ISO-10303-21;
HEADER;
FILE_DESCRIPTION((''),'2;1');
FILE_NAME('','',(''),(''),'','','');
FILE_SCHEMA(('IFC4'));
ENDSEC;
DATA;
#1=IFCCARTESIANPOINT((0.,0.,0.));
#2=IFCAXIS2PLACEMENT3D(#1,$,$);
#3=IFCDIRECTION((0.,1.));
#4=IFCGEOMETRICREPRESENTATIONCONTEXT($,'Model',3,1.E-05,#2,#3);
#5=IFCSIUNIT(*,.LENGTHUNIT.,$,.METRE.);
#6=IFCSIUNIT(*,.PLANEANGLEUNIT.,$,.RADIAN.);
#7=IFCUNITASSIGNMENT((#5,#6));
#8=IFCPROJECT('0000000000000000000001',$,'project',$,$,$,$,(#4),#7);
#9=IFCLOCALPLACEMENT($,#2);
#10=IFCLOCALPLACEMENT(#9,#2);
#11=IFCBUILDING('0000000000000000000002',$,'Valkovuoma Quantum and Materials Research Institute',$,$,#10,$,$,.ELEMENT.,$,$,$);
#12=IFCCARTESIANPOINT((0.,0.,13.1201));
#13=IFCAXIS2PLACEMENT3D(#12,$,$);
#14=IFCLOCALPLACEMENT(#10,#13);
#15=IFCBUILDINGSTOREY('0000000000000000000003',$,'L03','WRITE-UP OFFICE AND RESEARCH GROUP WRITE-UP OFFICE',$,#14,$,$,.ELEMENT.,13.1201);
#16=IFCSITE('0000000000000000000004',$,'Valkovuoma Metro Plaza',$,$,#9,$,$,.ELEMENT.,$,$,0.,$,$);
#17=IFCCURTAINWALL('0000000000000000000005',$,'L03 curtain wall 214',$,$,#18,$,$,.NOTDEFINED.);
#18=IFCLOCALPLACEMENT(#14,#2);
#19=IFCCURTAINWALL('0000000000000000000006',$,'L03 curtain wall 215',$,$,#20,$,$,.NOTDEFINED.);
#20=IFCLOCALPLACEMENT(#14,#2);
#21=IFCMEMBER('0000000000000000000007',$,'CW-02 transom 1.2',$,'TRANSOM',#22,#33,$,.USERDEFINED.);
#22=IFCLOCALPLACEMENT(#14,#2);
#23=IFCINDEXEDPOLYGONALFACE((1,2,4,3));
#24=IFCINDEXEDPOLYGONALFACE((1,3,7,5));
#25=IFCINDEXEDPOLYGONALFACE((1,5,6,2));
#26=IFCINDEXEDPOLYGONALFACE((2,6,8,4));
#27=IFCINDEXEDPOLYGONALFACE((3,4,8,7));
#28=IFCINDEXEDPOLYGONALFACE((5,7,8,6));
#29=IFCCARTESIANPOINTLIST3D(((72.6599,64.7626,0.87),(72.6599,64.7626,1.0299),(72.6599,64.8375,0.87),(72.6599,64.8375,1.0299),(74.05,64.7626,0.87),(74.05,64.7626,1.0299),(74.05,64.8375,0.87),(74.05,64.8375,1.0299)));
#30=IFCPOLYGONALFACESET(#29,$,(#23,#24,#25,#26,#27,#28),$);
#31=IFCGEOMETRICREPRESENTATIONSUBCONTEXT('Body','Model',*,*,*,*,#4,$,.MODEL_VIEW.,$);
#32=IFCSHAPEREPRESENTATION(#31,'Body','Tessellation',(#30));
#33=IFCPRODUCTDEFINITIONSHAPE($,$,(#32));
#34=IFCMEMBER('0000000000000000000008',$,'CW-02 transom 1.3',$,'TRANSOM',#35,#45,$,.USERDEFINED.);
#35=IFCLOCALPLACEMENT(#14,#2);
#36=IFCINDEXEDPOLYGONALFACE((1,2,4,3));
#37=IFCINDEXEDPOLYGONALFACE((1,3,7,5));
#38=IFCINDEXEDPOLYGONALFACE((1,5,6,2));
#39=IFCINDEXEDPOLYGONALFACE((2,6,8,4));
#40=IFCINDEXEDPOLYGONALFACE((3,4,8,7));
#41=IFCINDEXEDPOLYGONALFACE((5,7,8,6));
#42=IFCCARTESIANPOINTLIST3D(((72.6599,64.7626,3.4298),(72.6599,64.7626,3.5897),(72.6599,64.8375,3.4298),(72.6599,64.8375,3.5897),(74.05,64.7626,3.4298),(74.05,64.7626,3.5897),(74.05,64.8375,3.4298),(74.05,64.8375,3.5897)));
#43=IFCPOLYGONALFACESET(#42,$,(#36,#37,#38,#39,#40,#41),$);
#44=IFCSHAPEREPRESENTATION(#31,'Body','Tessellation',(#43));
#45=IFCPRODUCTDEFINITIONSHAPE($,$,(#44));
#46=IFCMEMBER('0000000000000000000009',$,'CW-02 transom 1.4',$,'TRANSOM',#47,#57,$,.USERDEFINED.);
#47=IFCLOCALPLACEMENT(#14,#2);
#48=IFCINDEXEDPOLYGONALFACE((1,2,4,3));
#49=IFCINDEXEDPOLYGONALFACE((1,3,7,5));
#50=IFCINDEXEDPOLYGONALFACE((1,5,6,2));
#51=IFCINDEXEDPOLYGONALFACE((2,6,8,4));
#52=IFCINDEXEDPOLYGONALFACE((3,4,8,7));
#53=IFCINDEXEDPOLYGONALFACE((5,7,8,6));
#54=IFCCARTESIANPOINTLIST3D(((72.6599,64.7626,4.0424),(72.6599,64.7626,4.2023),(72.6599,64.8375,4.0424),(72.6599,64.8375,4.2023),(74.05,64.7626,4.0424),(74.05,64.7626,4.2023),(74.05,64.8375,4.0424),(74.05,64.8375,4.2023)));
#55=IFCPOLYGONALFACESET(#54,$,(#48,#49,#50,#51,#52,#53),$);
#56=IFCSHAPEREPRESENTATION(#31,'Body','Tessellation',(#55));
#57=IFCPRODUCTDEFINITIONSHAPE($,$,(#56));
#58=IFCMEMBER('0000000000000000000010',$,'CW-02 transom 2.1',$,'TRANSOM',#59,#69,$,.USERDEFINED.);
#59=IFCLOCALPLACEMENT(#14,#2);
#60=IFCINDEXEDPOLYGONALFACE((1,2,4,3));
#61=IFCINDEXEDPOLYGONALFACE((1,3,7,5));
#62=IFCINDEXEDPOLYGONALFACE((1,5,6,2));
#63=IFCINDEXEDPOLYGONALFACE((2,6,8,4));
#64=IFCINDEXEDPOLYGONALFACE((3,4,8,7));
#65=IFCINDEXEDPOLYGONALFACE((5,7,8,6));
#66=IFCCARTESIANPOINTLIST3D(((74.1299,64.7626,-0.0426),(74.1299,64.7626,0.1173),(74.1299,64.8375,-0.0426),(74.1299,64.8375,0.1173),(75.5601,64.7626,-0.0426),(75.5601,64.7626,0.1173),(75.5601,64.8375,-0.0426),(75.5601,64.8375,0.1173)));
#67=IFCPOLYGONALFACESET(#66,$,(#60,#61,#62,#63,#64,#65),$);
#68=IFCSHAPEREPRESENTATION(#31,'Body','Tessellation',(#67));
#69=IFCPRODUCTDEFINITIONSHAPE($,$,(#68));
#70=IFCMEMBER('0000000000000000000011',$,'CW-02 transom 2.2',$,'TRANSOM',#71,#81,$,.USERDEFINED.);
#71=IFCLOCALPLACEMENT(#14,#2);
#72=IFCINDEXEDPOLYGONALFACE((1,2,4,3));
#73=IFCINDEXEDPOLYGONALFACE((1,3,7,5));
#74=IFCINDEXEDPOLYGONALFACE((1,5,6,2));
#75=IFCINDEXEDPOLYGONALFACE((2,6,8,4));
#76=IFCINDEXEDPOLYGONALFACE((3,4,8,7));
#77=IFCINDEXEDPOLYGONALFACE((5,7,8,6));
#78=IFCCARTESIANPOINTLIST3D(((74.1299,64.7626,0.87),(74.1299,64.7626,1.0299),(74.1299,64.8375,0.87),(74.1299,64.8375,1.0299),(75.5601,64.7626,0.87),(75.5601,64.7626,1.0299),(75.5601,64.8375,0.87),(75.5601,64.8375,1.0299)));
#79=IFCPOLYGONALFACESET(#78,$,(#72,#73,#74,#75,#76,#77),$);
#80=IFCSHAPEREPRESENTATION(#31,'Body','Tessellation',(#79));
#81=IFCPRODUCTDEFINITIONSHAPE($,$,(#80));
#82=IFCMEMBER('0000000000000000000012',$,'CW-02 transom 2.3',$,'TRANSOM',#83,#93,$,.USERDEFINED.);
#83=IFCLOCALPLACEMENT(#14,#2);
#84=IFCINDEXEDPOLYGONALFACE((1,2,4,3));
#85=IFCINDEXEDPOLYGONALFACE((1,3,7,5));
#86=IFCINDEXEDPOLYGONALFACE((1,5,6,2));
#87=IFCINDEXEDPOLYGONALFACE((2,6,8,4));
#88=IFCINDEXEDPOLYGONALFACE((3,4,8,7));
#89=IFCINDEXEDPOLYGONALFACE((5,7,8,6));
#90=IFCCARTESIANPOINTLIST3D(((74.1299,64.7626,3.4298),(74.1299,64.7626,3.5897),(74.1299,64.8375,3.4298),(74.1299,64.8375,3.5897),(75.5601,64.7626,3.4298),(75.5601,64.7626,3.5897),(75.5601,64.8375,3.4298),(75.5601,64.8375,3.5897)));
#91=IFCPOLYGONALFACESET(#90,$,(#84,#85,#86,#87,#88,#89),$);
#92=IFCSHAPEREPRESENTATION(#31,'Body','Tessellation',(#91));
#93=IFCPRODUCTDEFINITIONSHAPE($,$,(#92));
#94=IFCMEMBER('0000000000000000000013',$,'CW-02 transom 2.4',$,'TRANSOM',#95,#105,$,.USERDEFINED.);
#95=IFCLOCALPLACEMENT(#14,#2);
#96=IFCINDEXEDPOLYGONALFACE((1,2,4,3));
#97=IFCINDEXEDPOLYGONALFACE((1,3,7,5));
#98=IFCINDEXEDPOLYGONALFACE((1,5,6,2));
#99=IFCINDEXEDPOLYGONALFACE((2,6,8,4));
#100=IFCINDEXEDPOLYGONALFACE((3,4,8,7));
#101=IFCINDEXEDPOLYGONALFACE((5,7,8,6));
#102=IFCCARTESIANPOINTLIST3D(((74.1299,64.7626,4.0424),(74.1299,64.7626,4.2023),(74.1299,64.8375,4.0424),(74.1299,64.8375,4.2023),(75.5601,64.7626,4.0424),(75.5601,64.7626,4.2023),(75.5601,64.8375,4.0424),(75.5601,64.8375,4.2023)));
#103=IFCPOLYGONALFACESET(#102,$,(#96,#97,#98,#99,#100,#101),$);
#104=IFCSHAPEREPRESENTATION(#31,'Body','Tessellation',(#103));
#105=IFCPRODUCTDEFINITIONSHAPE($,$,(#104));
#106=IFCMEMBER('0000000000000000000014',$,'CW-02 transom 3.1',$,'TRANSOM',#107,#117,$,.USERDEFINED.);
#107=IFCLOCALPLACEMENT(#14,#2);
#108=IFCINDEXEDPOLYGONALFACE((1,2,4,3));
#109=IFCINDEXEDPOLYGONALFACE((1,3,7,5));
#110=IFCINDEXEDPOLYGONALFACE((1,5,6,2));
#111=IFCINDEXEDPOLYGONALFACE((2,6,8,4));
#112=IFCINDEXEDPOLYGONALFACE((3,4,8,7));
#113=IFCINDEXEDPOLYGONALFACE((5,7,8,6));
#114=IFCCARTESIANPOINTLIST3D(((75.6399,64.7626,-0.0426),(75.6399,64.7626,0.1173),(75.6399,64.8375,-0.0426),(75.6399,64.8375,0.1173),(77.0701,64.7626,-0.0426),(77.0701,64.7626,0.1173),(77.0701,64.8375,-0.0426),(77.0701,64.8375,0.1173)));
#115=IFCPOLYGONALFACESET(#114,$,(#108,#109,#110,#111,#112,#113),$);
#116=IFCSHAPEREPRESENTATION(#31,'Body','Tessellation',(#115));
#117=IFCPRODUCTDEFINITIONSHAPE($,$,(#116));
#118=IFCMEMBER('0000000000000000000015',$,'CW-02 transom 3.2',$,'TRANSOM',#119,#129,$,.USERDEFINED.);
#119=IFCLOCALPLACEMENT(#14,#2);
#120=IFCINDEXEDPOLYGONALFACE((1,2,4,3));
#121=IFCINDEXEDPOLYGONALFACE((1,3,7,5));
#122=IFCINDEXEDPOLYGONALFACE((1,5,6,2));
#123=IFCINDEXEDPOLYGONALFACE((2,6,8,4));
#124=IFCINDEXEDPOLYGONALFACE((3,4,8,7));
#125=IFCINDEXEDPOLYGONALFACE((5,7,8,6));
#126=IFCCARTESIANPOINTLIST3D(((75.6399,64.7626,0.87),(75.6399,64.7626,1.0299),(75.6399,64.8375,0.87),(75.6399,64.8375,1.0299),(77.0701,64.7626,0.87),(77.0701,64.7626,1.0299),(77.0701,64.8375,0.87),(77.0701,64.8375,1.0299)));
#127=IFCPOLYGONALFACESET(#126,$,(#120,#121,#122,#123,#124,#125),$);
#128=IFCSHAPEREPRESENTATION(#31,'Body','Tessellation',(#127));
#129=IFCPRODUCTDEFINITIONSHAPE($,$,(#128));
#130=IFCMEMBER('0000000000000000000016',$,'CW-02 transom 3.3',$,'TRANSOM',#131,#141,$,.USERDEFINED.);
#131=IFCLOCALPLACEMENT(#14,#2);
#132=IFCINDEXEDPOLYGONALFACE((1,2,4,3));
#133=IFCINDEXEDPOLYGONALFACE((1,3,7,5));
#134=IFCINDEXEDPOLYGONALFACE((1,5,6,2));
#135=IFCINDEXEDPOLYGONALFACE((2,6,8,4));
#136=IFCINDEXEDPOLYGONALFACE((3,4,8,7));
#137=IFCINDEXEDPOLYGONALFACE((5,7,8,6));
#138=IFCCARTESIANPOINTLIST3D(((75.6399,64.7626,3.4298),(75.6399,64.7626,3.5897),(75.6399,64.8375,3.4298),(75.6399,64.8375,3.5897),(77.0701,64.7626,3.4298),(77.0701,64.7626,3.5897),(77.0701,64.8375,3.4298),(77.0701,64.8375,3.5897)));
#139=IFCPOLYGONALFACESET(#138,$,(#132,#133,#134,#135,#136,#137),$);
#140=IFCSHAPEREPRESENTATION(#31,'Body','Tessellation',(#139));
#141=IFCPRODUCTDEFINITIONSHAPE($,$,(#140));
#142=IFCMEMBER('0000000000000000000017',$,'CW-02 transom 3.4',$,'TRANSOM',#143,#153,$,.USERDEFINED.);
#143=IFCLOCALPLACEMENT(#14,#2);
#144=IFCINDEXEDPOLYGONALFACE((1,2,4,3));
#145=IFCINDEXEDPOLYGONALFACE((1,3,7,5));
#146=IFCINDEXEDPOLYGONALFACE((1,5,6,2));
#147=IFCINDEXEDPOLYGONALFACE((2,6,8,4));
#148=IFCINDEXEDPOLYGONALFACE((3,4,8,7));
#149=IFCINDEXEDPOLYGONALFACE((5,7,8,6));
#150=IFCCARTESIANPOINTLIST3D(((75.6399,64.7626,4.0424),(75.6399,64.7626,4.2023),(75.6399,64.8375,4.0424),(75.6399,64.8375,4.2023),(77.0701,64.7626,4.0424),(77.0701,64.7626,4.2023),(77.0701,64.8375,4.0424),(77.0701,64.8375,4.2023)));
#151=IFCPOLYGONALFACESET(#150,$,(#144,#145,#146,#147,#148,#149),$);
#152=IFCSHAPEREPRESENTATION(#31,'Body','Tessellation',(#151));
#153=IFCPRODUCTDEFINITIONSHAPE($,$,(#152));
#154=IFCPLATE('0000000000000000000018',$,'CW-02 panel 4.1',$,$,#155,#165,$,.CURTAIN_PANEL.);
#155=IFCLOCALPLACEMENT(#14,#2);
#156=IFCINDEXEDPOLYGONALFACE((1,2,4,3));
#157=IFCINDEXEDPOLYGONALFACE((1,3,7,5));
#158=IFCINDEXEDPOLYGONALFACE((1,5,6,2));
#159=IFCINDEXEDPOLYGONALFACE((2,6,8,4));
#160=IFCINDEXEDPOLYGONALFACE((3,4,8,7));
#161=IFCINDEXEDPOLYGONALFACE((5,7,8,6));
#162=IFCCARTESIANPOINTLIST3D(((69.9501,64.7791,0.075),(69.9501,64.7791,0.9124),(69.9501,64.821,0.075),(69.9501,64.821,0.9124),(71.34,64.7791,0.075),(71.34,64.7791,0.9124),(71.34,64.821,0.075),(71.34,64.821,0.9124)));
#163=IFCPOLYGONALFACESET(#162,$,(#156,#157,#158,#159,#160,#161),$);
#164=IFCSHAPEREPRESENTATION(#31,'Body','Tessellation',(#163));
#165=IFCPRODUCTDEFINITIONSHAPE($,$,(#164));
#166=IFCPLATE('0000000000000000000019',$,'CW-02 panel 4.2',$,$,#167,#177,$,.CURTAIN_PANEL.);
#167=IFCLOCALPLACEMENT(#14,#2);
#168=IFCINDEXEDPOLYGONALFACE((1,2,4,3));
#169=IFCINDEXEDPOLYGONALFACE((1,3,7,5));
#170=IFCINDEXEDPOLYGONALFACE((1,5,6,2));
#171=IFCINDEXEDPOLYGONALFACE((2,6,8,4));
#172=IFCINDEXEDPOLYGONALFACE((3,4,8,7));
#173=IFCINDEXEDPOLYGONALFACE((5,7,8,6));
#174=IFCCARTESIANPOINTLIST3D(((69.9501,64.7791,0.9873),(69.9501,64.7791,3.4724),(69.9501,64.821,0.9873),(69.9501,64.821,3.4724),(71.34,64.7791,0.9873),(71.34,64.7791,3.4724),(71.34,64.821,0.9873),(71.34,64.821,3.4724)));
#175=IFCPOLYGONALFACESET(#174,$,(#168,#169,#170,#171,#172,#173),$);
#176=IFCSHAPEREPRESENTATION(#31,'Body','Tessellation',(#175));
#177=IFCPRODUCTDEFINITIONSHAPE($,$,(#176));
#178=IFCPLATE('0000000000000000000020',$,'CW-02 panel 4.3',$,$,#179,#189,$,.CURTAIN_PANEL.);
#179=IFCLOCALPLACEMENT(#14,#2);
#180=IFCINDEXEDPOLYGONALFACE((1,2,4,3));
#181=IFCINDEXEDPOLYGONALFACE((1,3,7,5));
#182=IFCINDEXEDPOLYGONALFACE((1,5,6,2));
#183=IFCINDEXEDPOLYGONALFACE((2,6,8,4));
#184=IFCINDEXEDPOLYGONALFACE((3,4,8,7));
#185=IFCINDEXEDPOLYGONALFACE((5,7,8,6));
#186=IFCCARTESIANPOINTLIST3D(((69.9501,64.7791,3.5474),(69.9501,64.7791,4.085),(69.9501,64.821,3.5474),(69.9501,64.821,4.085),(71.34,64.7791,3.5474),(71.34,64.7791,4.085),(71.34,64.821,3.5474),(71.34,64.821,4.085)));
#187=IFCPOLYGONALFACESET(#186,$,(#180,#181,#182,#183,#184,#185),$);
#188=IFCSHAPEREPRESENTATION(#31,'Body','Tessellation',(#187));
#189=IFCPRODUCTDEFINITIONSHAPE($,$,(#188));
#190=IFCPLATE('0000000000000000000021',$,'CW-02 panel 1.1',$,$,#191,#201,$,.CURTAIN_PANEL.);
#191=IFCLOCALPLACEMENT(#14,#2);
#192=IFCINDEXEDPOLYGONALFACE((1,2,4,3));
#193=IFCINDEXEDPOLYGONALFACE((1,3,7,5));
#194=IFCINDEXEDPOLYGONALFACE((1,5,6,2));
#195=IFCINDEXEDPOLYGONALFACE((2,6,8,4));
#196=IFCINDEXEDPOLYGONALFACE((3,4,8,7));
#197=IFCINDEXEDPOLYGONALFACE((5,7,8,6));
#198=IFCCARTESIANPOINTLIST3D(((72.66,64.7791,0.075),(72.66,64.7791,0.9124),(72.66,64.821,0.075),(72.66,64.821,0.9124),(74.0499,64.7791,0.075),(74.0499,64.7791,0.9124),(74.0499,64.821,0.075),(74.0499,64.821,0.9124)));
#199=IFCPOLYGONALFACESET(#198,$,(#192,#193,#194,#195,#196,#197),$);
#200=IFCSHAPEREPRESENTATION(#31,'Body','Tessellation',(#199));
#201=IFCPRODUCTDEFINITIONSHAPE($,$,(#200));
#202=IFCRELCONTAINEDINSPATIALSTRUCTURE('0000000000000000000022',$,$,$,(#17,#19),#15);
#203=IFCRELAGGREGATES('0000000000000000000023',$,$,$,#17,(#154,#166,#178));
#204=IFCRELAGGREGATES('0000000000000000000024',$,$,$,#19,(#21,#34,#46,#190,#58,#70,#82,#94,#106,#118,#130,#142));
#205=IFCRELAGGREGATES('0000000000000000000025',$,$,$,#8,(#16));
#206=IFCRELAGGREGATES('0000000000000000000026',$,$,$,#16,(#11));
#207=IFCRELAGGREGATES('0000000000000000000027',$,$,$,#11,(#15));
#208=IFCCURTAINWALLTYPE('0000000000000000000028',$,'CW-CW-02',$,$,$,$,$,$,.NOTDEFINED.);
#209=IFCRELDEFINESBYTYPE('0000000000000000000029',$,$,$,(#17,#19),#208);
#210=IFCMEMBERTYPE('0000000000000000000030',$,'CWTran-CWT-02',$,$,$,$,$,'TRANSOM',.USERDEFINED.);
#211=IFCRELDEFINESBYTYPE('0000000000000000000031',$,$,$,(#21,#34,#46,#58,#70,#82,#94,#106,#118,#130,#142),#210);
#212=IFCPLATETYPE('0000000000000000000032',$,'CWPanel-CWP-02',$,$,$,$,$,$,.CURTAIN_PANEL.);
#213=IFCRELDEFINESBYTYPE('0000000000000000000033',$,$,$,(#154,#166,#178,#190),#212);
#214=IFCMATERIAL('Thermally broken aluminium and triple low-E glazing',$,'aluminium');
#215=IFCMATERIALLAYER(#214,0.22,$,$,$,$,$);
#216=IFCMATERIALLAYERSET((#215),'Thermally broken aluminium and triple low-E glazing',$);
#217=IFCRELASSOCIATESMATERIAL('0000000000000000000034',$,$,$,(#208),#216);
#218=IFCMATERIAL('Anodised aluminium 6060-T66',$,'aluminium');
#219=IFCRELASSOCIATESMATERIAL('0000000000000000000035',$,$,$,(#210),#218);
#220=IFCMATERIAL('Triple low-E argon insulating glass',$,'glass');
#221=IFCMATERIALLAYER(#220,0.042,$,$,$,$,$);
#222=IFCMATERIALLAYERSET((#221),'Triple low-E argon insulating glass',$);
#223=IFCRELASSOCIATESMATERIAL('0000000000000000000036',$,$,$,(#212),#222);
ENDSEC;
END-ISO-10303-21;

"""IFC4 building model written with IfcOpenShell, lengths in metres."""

from ifc_helpers import new_model, si_unit, direction, frame, origin, origin_2d, place, context, subcontext, project, spatial, rectangle, extrude, material, layer, layer_set, material_profile, profile_set, type_object, element, aggregate, save


model = new_model("IFC4")

# Units and contexts
model_context = context("Model", 3, precision=1e-05, world=origin(), true_north=direction((0.0, 1.0)))
body_context = subcontext(model_context, "Body", "Model", "MODEL_VIEW")
ifc_project = project(units=[si_unit("LENGTHUNIT", "METRE"), si_unit("PLANEANGLEUNIT", "RADIAN")], contexts=[model_context])

# Site, building, storey
site_placement = place(None, origin())
site = spatial("IfcSite", under=ifc_project, at=site_placement, Name="Valkovuoma Metro Plaza", CompositionType="ELEMENT", RefElevation=0.0)
building_placement = place(site_placement, origin())
building = spatial("IfcBuilding", under=site, at=building_placement, Name="Valkovuoma Quantum and Materials Research Institute", CompositionType="ELEMENT")
storey_placement = place(building_placement, frame((0.0, 0.0, 13.1201)))
storey = spatial("IfcBuildingStorey", under=building, at=storey_placement, Name="L03", Description="WRITE-UP OFFICE AND RESEARCH GROUP WRITE-UP OFFICE", CompositionType="ELEMENT", Elevation=13.1201)

# Curtain wall
ifc_material_1 = material(Name="Thermally broken aluminium and triple low-E glazing", Category="aluminium")
ifc_layer_1 = layer(ifc_material_1, 0.22)
ifc_layer_set_1 = layer_set([ifc_layer_1], Name="Thermally broken aluminium and triple low-E glazing")
curtain_wall_type = type_object("IfcCurtainWallType", Name="CW-CW-02", PredefinedType="NOTDEFINED", material=ifc_layer_set_1)
curtain_wall_1_placement = place(storey_placement, origin())
curtain_wall_1 = element("IfcCurtainWall", 1, at=curtain_wall_1_placement, inside=storey, type_object=curtain_wall_type, Name="L03 curtain wall 214", PredefinedType="NOTDEFINED")

# Curtain wall
curtain_wall_2_placement = place(storey_placement, origin())
curtain_wall_2 = element("IfcCurtainWall", 2, at=curtain_wall_2_placement, inside=storey, type_object=curtain_wall_type, Name="L03 curtain wall 215", PredefinedType="NOTDEFINED")

# Members
ifc_material_2 = material(Name="Anodised aluminium 6060-T66", Category="aluminium")
ifc_material_profile_1 = material_profile(ifc_material_2, rectangle(XDim=0.075, YDim=0.1599, at=origin_2d()), Name="Anodised aluminium 6060-T66")
ifc_profile_set_1 = profile_set([ifc_material_profile_1], Name="Anodised aluminium 6060-T66")
member_type_1 = type_object("IfcMemberType", Name="CWTran-CWT-02", ElementType="TRANSOM", PredefinedType="USERDEFINED", material=ifc_profile_set_1)
member_1_placement = place(storey_placement, frame((72.6599, 64.8, 0.95), z_axis=(1.0, 0.0, 0.0), x_axis=(0.0, 1.0, 0.0)))
member_1 = element("IfcMember", 3, at=member_1_placement, type_object=member_type_1, Name="CW-02 transom 1.2", ObjectType="TRANSOM", PredefinedType="USERDEFINED", context=body_context, shape_type="SweptSolid", body=[
    extrude(rectangle(XDim=0.075, YDim=0.1599, at=origin_2d()), origin(), (0.0, 0.0, 1.0), 1.3901),
])
member_2_placement = place(storey_placement, frame((72.6599, 64.8, 3.5098), z_axis=(1.0, 0.0, 0.0), x_axis=(0.0, 1.0, 0.0)))
member_2 = element("IfcMember", 4, at=member_2_placement, type_object=member_type_1, Name="CW-02 transom 1.3", ObjectType="TRANSOM", PredefinedType="USERDEFINED", context=body_context, shape_type="SweptSolid", body=[
    extrude(rectangle(XDim=0.075, YDim=0.1599, at=origin_2d()), origin(), (0.0, 0.0, 1.0), 1.3901),
])
member_3_placement = place(storey_placement, frame((72.6599, 64.8, 4.1223), z_axis=(1.0, 0.0, 0.0), x_axis=(0.0, 1.0, 0.0)))
member_3 = element("IfcMember", 5, at=member_3_placement, type_object=member_type_1, Name="CW-02 transom 1.4", ObjectType="TRANSOM", PredefinedType="USERDEFINED", context=body_context, shape_type="SweptSolid", body=[
    extrude(rectangle(XDim=0.075, YDim=0.1599, at=origin_2d()), origin(), (0.0, 0.0, 1.0), 1.3901),
])
member_4_placement = place(storey_placement, frame((74.1299, 64.8, 0.0374), z_axis=(1.0, 0.0, 0.0), x_axis=(0.0, 1.0, 0.0)))
member_4 = element("IfcMember", 6, at=member_4_placement, type_object=member_type_1, Name="CW-02 transom 2.1", ObjectType="TRANSOM", PredefinedType="USERDEFINED", context=body_context, shape_type="SweptSolid", body=[
    extrude(rectangle(XDim=0.075, YDim=0.1599, at=origin_2d()), origin(), (0.0, 0.0, 1.0), 1.4302),
])
member_5_placement = place(storey_placement, frame((74.1299, 64.8, 0.95), z_axis=(1.0, 0.0, 0.0), x_axis=(0.0, 1.0, 0.0)))
member_5 = element("IfcMember", 7, at=member_5_placement, type_object=member_type_1, Name="CW-02 transom 2.2", ObjectType="TRANSOM", PredefinedType="USERDEFINED", context=body_context, shape_type="SweptSolid", body=[
    extrude(rectangle(XDim=0.075, YDim=0.1599, at=origin_2d()), origin(), (0.0, 0.0, 1.0), 1.4302),
])
member_6_placement = place(storey_placement, frame((74.1299, 64.8, 3.5098), z_axis=(1.0, 0.0, 0.0), x_axis=(0.0, 1.0, 0.0)))
member_6 = element("IfcMember", 8, at=member_6_placement, type_object=member_type_1, Name="CW-02 transom 2.3", ObjectType="TRANSOM", PredefinedType="USERDEFINED", context=body_context, shape_type="SweptSolid", body=[
    extrude(rectangle(XDim=0.075, YDim=0.1599, at=origin_2d()), origin(), (0.0, 0.0, 1.0), 1.4302),
])
member_7_placement = place(storey_placement, frame((74.1299, 64.8, 4.1223), z_axis=(1.0, 0.0, 0.0), x_axis=(0.0, 1.0, 0.0)))
member_7 = element("IfcMember", 9, at=member_7_placement, type_object=member_type_1, Name="CW-02 transom 2.4", ObjectType="TRANSOM", PredefinedType="USERDEFINED", context=body_context, shape_type="SweptSolid", body=[
    extrude(rectangle(XDim=0.075, YDim=0.1599, at=origin_2d()), origin(), (0.0, 0.0, 1.0), 1.4302),
])
member_8_placement = place(storey_placement, frame((75.6399, 64.8, 0.0374), z_axis=(1.0, 0.0, 0.0), x_axis=(0.0, 1.0, 0.0)))
member_8 = element("IfcMember", 10, at=member_8_placement, type_object=member_type_1, Name="CW-02 transom 3.1", ObjectType="TRANSOM", PredefinedType="USERDEFINED", context=body_context, shape_type="SweptSolid", body=[
    extrude(rectangle(XDim=0.075, YDim=0.1599, at=origin_2d()), origin(), (0.0, 0.0, 1.0), 1.4302),
])
member_9_placement = place(storey_placement, frame((75.6399, 64.8, 0.95), z_axis=(1.0, 0.0, 0.0), x_axis=(0.0, 1.0, 0.0)))
member_9 = element("IfcMember", 11, at=member_9_placement, type_object=member_type_1, Name="CW-02 transom 3.2", ObjectType="TRANSOM", PredefinedType="USERDEFINED", context=body_context, shape_type="SweptSolid", body=[
    extrude(rectangle(XDim=0.075, YDim=0.1599, at=origin_2d()), origin(), (0.0, 0.0, 1.0), 1.4302),
])
member_10_placement = place(storey_placement, frame((75.6399, 64.8, 3.5098), z_axis=(1.0, 0.0, 0.0), x_axis=(0.0, 1.0, 0.0)))
member_10 = element("IfcMember", 12, at=member_10_placement, type_object=member_type_1, Name="CW-02 transom 3.3", ObjectType="TRANSOM", PredefinedType="USERDEFINED", context=body_context, shape_type="SweptSolid", body=[
    extrude(rectangle(XDim=0.075, YDim=0.1599, at=origin_2d()), origin(), (0.0, 0.0, 1.0), 1.4302),
])
member_11_placement = place(storey_placement, frame((75.6399, 64.8, 4.1223), z_axis=(1.0, 0.0, 0.0), x_axis=(0.0, 1.0, 0.0)))
member_11 = element("IfcMember", 13, at=member_11_placement, type_object=member_type_1, Name="CW-02 transom 3.4", ObjectType="TRANSOM", PredefinedType="USERDEFINED", context=body_context, shape_type="SweptSolid", body=[
    extrude(rectangle(XDim=0.075, YDim=0.1599, at=origin_2d()), origin(), (0.0, 0.0, 1.0), 1.4302),
])

# Plates
ifc_material_3 = material(Name="Triple low-E argon insulating glass", Category="glass")
ifc_layer_2 = layer(ifc_material_3, 0.042)
ifc_layer_set_2 = layer_set([ifc_layer_2], Name="Triple low-E argon insulating glass")
plate_type = type_object("IfcPlateType", Name="CWPanel-CWP-02", PredefinedType="CURTAIN_PANEL", material=ifc_layer_set_2)
plate_1_placement = place(storey_placement, frame((70.645, 64.8, 0.075), z_axis=(0.0, 0.0, 1.0), x_axis=(1.0, 0.0, 0.0)))
plate_1 = element("IfcPlate", 14, at=plate_1_placement, type_object=plate_type, Name="CW-02 panel 4.1", PredefinedType="CURTAIN_PANEL", context=body_context, shape_type="SweptSolid", body=[
    extrude(rectangle(XDim=1.3899, YDim=0.042, at=origin_2d()), origin(), (0.0, 0.0, 1.0), 0.8374),
])
plate_2_placement = place(storey_placement, frame((70.645, 64.8, 0.9873), z_axis=(0.0, 0.0, 1.0), x_axis=(1.0, 0.0, 0.0)))
plate_2 = element("IfcPlate", 15, at=plate_2_placement, type_object=plate_type, Name="CW-02 panel 4.2", PredefinedType="CURTAIN_PANEL", context=body_context, shape_type="SweptSolid", body=[
    extrude(rectangle(XDim=1.3899, YDim=0.042, at=origin_2d()), origin(), (0.0, 0.0, 1.0), 2.4851),
])
plate_3_placement = place(storey_placement, frame((70.645, 64.8, 3.5474), z_axis=(0.0, 0.0, 1.0), x_axis=(1.0, 0.0, 0.0)))
plate_3 = element("IfcPlate", 16, at=plate_3_placement, type_object=plate_type, Name="CW-02 panel 4.3", PredefinedType="CURTAIN_PANEL", context=body_context, shape_type="SweptSolid", body=[
    extrude(rectangle(XDim=1.3899, YDim=0.042, at=origin_2d()), origin(), (0.0, 0.0, 1.0), 0.5376),
])
aggregate(curtain_wall_1, [plate_1, plate_2, plate_3])
plate_4_placement = place(storey_placement, frame((73.355, 64.8, 0.075), z_axis=(0.0, 0.0, 1.0), x_axis=(1.0, 0.0, 0.0)))
plate_4 = element("IfcPlate", 17, at=plate_4_placement, type_object=plate_type, Name="CW-02 panel 1.1", PredefinedType="CURTAIN_PANEL", context=body_context, shape_type="SweptSolid", body=[
    extrude(rectangle(XDim=1.3899, YDim=0.042, at=origin_2d()), origin(), (0.0, 0.0, 1.0), 0.8374),
])
aggregate(curtain_wall_2, [member_1, member_2, member_3, plate_4, member_4, member_5, member_6, member_7, member_8, member_9, member_10, member_11])

save(model, "model.ifc")
